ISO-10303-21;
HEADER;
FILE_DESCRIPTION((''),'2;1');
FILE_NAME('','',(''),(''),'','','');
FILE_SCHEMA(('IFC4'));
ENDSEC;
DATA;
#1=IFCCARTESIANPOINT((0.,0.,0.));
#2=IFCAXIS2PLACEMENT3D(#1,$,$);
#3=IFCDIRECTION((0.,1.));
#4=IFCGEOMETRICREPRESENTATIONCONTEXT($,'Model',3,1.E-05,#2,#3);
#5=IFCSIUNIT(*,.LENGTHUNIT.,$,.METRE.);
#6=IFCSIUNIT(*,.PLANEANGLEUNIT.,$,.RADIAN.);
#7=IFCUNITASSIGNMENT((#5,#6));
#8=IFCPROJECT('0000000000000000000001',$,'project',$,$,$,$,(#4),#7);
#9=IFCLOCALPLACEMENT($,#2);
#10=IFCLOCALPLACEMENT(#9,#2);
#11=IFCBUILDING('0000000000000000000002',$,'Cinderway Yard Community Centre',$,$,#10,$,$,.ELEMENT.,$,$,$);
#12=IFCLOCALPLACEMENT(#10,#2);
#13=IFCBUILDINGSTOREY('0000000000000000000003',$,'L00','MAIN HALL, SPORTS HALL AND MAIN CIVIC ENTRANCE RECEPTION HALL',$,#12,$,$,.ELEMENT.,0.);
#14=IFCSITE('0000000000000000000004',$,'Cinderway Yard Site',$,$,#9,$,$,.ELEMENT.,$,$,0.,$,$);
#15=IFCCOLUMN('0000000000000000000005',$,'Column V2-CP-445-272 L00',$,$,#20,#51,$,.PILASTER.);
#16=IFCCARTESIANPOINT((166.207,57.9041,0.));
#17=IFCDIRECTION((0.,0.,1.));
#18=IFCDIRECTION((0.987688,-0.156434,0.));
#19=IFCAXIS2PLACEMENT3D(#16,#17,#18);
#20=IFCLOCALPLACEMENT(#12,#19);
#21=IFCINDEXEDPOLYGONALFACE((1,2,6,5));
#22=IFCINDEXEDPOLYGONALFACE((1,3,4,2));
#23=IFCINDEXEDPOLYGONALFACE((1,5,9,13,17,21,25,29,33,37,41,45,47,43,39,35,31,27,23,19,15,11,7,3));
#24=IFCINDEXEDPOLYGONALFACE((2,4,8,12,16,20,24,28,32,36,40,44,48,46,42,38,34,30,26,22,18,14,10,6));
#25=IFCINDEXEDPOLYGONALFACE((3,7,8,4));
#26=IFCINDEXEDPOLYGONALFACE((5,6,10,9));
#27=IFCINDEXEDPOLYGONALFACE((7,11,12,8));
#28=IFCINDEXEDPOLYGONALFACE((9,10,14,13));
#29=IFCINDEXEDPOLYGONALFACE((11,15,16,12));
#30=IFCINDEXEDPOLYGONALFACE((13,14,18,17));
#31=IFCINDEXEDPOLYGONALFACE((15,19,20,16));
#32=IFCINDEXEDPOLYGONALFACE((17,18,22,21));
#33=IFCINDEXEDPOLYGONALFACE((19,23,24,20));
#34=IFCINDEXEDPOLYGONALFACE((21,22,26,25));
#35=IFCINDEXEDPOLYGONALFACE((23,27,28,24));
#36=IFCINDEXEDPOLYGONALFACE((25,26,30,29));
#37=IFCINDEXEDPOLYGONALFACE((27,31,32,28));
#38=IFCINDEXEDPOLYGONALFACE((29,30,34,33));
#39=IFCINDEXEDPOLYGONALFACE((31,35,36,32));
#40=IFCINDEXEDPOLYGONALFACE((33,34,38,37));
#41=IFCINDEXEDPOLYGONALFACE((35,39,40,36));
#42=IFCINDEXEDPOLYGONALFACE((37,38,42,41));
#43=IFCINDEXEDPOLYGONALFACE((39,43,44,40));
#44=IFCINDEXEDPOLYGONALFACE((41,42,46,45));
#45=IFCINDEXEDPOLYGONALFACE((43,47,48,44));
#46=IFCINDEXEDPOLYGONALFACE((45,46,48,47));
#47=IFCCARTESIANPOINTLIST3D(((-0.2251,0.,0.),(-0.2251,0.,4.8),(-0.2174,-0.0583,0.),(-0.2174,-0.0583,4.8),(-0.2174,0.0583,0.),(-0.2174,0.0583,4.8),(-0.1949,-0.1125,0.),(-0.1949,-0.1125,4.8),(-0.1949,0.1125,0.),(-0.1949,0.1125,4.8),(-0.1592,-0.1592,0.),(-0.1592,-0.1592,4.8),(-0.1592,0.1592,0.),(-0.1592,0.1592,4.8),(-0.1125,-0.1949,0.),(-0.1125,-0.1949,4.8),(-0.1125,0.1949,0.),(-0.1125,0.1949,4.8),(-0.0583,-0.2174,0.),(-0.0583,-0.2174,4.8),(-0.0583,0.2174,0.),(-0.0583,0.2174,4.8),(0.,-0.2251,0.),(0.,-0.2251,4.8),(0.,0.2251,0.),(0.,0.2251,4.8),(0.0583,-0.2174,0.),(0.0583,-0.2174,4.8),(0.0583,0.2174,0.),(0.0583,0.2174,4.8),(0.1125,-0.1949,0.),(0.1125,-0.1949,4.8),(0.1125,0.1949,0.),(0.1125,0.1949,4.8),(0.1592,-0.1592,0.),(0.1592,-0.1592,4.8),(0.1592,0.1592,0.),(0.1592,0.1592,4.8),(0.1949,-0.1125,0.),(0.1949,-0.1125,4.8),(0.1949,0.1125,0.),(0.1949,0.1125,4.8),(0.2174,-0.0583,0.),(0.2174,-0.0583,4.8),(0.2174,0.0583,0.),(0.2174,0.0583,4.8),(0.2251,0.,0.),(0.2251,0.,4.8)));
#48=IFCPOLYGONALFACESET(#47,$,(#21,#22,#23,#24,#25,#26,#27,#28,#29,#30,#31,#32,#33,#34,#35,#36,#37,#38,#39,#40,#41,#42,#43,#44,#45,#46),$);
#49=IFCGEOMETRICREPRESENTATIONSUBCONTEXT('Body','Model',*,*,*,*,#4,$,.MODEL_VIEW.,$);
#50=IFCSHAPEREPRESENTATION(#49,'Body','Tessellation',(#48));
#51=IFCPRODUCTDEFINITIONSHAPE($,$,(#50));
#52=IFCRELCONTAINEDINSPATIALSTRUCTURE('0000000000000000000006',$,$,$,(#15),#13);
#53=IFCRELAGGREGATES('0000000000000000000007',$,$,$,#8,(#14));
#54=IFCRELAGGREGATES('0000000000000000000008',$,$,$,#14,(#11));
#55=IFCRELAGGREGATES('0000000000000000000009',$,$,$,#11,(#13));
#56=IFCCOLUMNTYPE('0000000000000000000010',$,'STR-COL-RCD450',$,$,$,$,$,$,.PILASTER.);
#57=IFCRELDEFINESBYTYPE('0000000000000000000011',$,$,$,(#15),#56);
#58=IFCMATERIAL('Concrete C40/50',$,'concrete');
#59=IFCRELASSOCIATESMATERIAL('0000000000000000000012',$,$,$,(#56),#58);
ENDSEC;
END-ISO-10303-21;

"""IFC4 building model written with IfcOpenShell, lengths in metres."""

from ifc_helpers import new_model, si_unit, direction, frame, origin, origin_2d, place, context, subcontext, project, spatial, circle, extrude, material, material_profile, profile_set, type_object, element, save


model = new_model("IFC4")

# Units and contexts
model_context = context("Model", 3, precision=1e-05, world=origin(), true_north=direction((0.0, 1.0)))
body_context = subcontext(model_context, "Body", "Model", "MODEL_VIEW")
ifc_project = project(units=[si_unit("LENGTHUNIT", "METRE"), si_unit("PLANEANGLEUNIT", "RADIAN")], contexts=[model_context])

# Site, building, storey
site_placement = place(None, origin())
site = spatial("IfcSite", under=ifc_project, at=site_placement, Name="Cinderway Yard Site", CompositionType="ELEMENT", RefElevation=0.0)
building_placement = place(site_placement, origin())
building = spatial("IfcBuilding", under=site, at=building_placement, Name="Cinderway Yard Community Centre", CompositionType="ELEMENT")
storey_placement = place(building_placement, origin())
storey = spatial("IfcBuildingStorey", under=building, at=storey_placement, Name="L00", Description="MAIN HALL, SPORTS HALL AND MAIN CIVIC ENTRANCE RECEPTION HALL", CompositionType="ELEMENT", Elevation=0.0)

# Shared definitions
ifc_material_1 = material(Name="Concrete C40/50", Category="concrete")

# Column
ifc_material_profile_1 = material_profile(ifc_material_1, circle(Radius=0.2251, at=origin_2d()), Name="Concrete C40/50")
ifc_profile_set_1 = profile_set([ifc_material_profile_1], Name="Concrete C40/50")
column_type = type_object("IfcColumnType", Name="STR-COL-RCD450", PredefinedType="PILASTER", material=ifc_profile_set_1)
column_placement = place(storey_placement, frame((166.207, 57.9041, 0.0), z_axis=(0.0, 0.0, 1.0), x_axis=(0.987688, -0.156434, 0.0)))
element("IfcColumn", 1, at=column_placement, inside=storey, type_object=column_type, Name="Column V2-CP-445-272 L00", PredefinedType="PILASTER", context=body_context, shape_type="SweptSolid", body=[
    extrude(circle(Radius=0.2251, at=origin_2d()), origin(), (0.0, 0.0, 1.0), 4.8),
])

save(model, "model.ifc")
